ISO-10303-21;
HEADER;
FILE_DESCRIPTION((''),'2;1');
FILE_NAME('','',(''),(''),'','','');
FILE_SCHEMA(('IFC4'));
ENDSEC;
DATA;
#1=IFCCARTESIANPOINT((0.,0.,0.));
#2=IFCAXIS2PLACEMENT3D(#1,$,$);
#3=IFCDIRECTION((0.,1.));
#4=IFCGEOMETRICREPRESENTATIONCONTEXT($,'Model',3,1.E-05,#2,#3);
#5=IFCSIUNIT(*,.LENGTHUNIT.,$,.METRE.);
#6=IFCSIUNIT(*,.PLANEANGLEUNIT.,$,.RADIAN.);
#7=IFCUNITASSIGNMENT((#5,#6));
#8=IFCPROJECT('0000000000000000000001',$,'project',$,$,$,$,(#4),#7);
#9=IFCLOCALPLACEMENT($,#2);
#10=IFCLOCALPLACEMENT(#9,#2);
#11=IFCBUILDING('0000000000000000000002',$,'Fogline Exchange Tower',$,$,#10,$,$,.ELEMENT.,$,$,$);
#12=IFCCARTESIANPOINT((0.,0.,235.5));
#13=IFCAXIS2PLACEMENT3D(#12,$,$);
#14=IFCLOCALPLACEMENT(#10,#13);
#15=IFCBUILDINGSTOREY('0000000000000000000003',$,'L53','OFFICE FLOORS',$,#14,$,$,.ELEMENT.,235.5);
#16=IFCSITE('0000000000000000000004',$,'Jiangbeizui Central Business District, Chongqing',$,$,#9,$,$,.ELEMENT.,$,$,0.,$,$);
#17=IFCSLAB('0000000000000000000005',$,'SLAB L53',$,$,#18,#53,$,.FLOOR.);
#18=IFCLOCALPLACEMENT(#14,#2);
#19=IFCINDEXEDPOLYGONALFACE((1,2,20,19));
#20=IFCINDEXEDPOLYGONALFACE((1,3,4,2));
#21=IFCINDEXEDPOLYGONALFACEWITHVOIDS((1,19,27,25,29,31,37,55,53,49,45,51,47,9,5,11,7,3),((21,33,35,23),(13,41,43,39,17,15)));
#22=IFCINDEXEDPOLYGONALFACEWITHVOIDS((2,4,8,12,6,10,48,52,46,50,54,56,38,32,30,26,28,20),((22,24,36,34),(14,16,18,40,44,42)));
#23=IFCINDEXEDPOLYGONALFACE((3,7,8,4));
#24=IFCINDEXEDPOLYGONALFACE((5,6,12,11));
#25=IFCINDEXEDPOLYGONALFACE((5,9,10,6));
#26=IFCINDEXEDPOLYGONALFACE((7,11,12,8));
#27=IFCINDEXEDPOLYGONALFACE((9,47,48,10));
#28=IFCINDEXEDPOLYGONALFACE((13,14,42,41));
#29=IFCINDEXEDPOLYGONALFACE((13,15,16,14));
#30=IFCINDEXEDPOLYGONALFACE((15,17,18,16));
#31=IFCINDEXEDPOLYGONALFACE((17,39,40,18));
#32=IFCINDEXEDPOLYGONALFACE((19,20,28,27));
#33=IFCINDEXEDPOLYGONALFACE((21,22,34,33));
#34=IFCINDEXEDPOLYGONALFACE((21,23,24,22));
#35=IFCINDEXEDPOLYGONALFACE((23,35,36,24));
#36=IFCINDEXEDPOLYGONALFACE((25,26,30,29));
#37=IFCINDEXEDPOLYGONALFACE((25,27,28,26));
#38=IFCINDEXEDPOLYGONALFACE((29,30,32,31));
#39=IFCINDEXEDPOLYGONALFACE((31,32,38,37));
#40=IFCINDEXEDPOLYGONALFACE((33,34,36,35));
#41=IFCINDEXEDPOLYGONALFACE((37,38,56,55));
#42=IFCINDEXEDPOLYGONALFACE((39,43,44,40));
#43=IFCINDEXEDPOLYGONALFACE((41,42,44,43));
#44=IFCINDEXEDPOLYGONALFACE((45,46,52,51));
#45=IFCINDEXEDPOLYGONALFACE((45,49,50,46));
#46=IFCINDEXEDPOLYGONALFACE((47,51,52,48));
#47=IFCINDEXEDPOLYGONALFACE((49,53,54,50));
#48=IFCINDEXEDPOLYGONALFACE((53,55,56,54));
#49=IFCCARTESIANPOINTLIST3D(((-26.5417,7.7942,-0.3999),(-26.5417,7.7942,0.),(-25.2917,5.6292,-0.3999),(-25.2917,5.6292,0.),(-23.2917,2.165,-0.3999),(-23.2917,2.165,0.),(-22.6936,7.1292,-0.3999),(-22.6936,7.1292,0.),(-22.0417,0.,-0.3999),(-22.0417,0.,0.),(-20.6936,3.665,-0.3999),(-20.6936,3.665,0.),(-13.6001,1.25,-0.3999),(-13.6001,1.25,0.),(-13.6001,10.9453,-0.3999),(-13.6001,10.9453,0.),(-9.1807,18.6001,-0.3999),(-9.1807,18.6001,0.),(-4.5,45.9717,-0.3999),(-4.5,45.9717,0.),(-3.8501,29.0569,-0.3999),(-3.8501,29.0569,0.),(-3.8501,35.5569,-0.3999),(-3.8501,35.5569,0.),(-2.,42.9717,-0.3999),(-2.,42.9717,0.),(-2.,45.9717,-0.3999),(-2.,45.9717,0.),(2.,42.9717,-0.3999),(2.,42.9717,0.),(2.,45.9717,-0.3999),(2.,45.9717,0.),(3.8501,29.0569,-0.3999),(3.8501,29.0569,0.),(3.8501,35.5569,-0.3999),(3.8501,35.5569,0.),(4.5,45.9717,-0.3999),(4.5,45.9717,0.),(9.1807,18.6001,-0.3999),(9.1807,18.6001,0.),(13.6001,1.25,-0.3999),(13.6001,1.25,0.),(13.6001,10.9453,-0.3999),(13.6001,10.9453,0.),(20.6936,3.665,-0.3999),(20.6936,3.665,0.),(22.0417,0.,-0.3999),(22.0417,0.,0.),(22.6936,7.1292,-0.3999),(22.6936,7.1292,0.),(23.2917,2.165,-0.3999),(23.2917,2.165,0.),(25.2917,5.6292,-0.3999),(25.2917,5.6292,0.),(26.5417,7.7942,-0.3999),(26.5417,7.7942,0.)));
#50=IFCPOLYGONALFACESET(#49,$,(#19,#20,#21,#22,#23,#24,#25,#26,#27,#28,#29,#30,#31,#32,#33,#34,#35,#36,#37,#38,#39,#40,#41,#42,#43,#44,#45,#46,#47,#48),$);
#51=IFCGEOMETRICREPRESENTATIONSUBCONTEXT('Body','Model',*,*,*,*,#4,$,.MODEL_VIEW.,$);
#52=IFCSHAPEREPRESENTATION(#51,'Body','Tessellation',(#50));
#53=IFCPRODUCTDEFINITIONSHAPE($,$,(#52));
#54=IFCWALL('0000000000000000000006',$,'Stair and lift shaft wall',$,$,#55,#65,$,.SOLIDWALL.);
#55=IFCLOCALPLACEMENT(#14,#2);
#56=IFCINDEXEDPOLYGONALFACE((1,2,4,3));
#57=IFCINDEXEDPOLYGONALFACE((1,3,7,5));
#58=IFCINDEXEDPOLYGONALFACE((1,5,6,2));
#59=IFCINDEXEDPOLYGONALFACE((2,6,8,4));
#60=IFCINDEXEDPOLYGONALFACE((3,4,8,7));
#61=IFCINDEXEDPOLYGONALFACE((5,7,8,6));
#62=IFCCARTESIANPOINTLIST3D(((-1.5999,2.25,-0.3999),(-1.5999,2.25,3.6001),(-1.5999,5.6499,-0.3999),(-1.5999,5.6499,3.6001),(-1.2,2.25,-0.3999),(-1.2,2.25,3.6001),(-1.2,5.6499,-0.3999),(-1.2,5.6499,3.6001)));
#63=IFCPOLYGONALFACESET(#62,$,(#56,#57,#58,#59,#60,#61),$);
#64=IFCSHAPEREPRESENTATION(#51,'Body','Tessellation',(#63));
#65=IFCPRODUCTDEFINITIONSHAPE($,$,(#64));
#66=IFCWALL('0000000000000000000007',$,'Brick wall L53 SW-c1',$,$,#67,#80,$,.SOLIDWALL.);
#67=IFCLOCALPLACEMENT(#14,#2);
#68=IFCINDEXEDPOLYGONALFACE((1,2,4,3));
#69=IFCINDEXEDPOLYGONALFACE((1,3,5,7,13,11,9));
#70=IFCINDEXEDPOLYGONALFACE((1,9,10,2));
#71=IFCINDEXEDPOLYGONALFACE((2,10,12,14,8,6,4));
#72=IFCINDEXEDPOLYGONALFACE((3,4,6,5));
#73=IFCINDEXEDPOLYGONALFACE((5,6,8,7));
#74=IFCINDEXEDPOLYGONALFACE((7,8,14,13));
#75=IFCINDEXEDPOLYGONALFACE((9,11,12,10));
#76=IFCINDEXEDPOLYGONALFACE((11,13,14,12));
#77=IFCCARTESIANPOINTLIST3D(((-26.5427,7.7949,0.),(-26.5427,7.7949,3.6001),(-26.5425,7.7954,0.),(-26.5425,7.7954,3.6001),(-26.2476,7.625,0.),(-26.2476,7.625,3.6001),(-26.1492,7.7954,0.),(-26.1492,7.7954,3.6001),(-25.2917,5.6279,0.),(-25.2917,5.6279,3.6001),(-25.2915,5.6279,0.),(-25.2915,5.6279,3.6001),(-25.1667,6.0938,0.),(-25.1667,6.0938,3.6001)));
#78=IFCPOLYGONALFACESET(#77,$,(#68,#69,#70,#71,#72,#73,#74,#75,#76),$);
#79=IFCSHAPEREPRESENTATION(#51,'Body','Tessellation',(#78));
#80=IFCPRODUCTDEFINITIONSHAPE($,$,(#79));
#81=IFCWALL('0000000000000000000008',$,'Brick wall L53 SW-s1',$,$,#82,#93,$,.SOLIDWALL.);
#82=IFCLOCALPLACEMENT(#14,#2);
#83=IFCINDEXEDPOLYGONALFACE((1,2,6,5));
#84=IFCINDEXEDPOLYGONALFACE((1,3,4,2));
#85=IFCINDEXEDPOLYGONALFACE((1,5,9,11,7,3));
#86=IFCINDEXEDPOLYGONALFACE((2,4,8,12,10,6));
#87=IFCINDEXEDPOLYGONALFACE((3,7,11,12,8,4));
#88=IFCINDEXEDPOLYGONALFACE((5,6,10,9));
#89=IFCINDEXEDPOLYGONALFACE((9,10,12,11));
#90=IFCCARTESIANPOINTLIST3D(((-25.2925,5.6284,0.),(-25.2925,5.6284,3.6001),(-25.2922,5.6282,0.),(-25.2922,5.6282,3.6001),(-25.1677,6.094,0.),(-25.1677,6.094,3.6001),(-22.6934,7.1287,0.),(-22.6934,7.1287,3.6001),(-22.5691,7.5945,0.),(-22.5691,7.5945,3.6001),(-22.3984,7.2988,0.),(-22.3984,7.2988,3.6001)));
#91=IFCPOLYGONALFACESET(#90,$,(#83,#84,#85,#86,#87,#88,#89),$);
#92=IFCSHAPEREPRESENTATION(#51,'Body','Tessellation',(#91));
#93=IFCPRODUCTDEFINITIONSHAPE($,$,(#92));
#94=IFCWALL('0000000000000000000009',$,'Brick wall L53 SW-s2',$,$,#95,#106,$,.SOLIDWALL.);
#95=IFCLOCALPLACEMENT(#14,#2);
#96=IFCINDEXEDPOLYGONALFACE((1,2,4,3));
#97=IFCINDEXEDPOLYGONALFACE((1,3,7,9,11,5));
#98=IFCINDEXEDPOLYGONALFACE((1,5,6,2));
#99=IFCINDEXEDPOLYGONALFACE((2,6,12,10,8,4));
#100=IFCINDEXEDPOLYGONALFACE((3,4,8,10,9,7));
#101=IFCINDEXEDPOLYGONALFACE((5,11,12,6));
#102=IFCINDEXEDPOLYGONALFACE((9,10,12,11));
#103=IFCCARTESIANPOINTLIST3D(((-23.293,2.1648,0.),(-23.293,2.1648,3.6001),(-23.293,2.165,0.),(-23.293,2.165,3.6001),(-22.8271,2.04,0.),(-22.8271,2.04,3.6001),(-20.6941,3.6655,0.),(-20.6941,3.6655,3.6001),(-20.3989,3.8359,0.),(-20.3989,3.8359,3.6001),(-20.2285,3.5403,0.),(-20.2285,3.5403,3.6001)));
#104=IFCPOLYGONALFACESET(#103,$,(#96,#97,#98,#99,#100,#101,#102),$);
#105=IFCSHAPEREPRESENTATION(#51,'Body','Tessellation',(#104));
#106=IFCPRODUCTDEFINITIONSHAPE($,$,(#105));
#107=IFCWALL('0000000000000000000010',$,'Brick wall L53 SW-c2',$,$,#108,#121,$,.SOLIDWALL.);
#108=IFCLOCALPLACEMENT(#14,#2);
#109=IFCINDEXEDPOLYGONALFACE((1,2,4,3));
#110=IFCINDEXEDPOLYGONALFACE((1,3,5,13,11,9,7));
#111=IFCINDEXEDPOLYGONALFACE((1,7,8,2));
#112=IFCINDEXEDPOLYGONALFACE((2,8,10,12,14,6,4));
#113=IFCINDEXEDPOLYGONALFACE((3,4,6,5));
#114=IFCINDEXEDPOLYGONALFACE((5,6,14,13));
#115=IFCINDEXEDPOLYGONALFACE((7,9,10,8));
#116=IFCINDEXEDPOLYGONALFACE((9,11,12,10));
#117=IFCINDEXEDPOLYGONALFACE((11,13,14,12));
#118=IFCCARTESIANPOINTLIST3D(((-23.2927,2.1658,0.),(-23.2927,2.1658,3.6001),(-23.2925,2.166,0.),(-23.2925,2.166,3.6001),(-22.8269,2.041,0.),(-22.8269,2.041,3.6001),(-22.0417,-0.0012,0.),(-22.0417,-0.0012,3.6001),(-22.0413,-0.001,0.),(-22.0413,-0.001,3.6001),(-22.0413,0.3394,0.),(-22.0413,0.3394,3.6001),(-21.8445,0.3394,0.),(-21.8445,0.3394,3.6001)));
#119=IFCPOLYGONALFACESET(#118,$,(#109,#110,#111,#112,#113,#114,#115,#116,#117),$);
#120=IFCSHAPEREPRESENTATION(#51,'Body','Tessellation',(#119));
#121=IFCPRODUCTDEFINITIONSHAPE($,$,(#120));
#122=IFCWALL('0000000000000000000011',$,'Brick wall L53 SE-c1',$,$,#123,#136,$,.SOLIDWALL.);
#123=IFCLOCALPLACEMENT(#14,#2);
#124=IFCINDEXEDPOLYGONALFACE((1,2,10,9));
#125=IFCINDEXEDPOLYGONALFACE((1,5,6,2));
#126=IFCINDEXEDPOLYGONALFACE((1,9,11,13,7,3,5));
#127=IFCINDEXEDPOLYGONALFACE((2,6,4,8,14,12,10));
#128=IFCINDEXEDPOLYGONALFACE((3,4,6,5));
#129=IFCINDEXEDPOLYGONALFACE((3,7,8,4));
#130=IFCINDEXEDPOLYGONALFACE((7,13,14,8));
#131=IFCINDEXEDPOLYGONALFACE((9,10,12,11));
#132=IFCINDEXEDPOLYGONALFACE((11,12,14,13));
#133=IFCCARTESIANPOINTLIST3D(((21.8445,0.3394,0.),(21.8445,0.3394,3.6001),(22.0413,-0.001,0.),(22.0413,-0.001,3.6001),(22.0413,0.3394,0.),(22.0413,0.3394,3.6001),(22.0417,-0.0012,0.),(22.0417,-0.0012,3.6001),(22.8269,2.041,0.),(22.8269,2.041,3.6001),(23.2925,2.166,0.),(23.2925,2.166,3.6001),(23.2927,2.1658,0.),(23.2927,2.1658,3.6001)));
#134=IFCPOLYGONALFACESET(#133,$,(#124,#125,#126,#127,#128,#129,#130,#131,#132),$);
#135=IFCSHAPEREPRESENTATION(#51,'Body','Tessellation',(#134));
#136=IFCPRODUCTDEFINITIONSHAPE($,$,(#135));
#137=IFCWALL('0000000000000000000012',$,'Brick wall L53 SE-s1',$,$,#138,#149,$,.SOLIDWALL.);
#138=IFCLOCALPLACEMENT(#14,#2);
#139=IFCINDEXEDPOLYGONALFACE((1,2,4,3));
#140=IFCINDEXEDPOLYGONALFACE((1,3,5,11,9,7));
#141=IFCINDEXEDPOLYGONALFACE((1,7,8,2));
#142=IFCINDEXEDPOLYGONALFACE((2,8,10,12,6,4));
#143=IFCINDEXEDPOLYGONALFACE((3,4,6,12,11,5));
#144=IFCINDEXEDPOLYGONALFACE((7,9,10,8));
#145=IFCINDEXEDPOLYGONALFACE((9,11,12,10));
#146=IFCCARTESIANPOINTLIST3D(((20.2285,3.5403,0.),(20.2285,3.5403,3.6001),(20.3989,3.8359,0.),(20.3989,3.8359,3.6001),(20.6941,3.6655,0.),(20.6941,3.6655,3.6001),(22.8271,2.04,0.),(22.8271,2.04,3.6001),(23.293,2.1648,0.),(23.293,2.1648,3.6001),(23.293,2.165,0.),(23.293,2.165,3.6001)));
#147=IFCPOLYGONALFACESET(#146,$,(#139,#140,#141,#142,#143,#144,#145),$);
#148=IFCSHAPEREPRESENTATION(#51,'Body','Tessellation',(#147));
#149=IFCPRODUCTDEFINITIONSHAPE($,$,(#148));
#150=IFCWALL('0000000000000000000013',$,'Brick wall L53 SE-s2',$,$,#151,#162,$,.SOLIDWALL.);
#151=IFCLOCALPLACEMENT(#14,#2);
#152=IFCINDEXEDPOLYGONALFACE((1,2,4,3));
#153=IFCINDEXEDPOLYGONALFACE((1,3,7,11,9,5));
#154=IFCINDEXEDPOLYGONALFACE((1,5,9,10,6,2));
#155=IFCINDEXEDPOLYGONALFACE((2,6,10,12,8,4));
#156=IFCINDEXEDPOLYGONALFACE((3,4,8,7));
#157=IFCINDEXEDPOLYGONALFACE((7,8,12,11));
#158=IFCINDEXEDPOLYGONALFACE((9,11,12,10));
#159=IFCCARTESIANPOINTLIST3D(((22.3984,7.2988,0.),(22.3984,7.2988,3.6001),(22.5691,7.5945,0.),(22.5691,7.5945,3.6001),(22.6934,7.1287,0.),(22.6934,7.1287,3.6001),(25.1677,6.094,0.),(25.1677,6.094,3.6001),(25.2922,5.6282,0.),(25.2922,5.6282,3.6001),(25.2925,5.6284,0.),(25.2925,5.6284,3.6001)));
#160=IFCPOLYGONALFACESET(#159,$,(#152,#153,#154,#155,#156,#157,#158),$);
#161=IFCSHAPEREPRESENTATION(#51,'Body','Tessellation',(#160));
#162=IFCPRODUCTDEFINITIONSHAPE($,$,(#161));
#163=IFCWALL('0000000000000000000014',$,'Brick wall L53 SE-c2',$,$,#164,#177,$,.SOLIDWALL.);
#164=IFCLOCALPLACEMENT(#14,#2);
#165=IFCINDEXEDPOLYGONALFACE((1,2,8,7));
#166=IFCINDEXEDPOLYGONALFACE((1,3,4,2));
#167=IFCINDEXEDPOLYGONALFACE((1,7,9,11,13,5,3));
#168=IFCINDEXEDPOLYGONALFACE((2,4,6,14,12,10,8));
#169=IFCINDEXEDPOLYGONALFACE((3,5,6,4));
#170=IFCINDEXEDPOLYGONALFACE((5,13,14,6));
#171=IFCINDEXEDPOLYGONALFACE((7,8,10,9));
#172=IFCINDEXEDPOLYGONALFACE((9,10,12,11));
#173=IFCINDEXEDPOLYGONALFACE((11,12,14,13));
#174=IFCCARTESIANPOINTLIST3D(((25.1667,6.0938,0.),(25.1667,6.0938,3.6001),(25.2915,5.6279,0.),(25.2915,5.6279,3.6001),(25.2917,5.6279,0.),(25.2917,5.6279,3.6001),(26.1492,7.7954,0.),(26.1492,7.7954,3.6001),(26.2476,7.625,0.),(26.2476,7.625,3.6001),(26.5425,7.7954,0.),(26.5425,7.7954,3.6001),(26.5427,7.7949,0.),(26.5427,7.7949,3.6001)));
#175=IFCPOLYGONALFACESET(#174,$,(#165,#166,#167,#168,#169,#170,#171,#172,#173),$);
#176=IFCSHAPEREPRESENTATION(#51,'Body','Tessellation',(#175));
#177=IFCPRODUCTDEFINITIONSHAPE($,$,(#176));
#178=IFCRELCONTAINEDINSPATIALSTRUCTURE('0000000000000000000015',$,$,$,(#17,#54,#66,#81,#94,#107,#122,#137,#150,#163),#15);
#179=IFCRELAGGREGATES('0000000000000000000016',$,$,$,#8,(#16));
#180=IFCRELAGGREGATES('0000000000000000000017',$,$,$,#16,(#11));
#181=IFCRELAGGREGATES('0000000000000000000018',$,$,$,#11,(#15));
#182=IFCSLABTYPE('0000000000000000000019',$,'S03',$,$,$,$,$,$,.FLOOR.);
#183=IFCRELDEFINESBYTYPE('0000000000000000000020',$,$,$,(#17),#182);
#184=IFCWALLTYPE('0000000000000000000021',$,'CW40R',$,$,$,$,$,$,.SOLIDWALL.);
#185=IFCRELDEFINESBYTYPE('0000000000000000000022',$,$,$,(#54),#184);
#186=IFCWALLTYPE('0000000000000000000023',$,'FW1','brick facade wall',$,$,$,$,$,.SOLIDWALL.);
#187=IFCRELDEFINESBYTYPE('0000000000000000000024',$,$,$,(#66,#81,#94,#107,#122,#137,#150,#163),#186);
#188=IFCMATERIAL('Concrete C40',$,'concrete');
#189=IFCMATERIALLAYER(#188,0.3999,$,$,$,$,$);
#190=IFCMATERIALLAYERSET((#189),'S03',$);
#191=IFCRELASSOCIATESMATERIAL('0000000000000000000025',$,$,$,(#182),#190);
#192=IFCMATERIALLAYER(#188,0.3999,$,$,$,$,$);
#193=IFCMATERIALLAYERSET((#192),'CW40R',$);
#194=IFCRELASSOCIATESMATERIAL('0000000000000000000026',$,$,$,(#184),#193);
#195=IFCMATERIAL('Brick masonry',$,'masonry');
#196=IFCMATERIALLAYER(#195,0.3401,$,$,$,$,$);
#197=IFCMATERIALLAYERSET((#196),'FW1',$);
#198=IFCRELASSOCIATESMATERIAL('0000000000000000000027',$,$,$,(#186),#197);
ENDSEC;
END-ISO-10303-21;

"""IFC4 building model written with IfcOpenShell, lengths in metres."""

from ifc_helpers import new_model, si_unit, direction, frame, frame_2d, origin, place, context, subcontext, project, spatial, polyline, rectangle, outline, extrude, material, layer, layer_set, type_object, element, save


model = new_model("IFC4")

# Units and contexts
model_context = context("Model", 3, precision=1e-05, world=origin(), true_north=direction((0.0, 1.0)))
body_context = subcontext(model_context, "Body", "Model", "MODEL_VIEW")
ifc_project = project(units=[si_unit("LENGTHUNIT", "METRE"), si_unit("PLANEANGLEUNIT", "RADIAN")], contexts=[model_context])

# Site, building, storey
site_placement = place(None, origin())
site = spatial("IfcSite", under=ifc_project, at=site_placement, Name="Jiangbeizui Central Business District, Chongqing", CompositionType="ELEMENT", RefElevation=0.0)
building_placement = place(site_placement, origin())
building = spatial("IfcBuilding", under=site, at=building_placement, Name="Fogline Exchange Tower", CompositionType="ELEMENT")
storey_placement = place(building_placement, frame((0.0, 0.0, 235.5)))
storey = spatial("IfcBuildingStorey", under=building, at=storey_placement, Name="L53", Description="OFFICE FLOORS", CompositionType="ELEMENT", Elevation=235.5)

# Slab
ifc_material_1 = material(Name="Concrete C40", Category="concrete")
ifc_layer_1 = layer(ifc_material_1, 0.3999)
ifc_layer_set_1 = layer_set([ifc_layer_1], Name="S03")
slab_type = type_object("IfcSlabType", Name="S03", PredefinedType="FLOOR", material=ifc_layer_set_1)
slab_placement = place(storey_placement, frame((0.0, 0.0, -0.3999)))
element("IfcSlab", 1, at=slab_placement, inside=storey, type_object=slab_type, Name="SLAB L53", PredefinedType="FLOOR", context=body_context, shape_type="SweptSolid", body=[
    extrude(outline(polyline([(-2.0, 45.9717), (-4.5, 45.9717), (-26.5417, 7.7942), (-25.2917, 5.6292), (-22.6936, 7.1292), (-20.6936, 3.665), (-23.2917, 2.165), (-22.0417, 0.0), (22.0417, 0.0), (23.2917, 2.165), (20.6936, 3.665), (22.6936, 7.1292), (25.2917, 5.6292), (26.5417, 7.7942), (4.5, 45.9717), (2.0, 45.9717), (2.0, 42.9717), (-2.0, 42.9717), (-2.0, 45.9717)]), holes=[polyline([(13.6001, 10.9453), (13.6001, 1.25), (-13.6001, 1.25), (-13.6001, 10.9453), (-9.1807, 18.6001), (9.1807, 18.6001), (13.6001, 10.9453)]), polyline([(3.8501, 35.5569), (3.8501, 29.0569), (-3.8501, 29.0569), (-3.8501, 35.5569), (3.8501, 35.5569)])]), origin(), (0.0, 0.0, 1.0), 0.3999),
])

# Walls
ifc_layer_2 = layer(ifc_material_1, 0.3999)
ifc_layer_set_2 = layer_set([ifc_layer_2], Name="CW40R")
wall_type_1 = type_object("IfcWallType", Name="CW40R", PredefinedType="SOLIDWALL", material=ifc_layer_set_2)
wall_1_placement = place(storey_placement, frame((-1.3999, 2.25, -0.3999), z_axis=(0.0, 0.0, 1.0), x_axis=(0.0, 1.0, 0.0)))
element("IfcWall", 2, at=wall_1_placement, inside=storey, type_object=wall_type_1, Name="Stair and lift shaft wall", PredefinedType="SOLIDWALL", context=body_context, shape_type="SweptSolid", body=[
    extrude(rectangle(XDim=3.3999, YDim=0.3999, at=frame_2d((1.7, 0.0))), origin(), (0.0, 0.0, 1.0), 4.0),
])
ifc_material_2 = material(Name="Brick masonry", Category="masonry")
ifc_layer_3 = layer(ifc_material_2, 0.3401)
ifc_layer_set_3 = layer_set([ifc_layer_3], Name="FW1")
wall_type_2 = type_object("IfcWallType", Name="FW1", Description="brick facade wall", PredefinedType="SOLIDWALL", material=ifc_layer_set_3)
wall_2_placement = place(storey_placement, origin())
element("IfcWall", 3, at=wall_2_placement, inside=storey, type_object=wall_type_2, Name="Brick wall L53 SW-c1", PredefinedType="SOLIDWALL", context=body_context, shape_type="SweptSolid", body=[
    extrude(outline(polyline([(-25.2917, 5.6279), (-26.5427, 7.7949), (-26.5425, 7.7954), (-26.2476, 7.625), (-26.1492, 7.7954), (-25.1667, 6.0938), (-25.2915, 5.6279), (-25.2917, 5.6279)])), origin(), (0.0, 0.0, 1.0), 3.6001),
])
wall_3_placement = place(storey_placement, origin())
element("IfcWall", 4, at=wall_3_placement, inside=storey, type_object=wall_type_2, Name="Brick wall L53 SW-s1", PredefinedType="SOLIDWALL", context=body_context, shape_type="SweptSolid", body=[
    extrude(outline(polyline([(-22.5691, 7.5945), (-22.3984, 7.2988), (-22.6934, 7.1287), (-25.2922, 5.6282), (-25.2925, 5.6284), (-25.1677, 6.094), (-22.5691, 7.5945)])), origin(), (0.0, 0.0, 1.0), 3.6001),
])
wall_4_placement = place(storey_placement, origin())
element("IfcWall", 5, at=wall_4_placement, inside=storey, type_object=wall_type_2, Name="Brick wall L53 SW-s2", PredefinedType="SOLIDWALL", context=body_context, shape_type="SweptSolid", body=[
    extrude(outline(polyline([(-23.293, 2.165), (-20.6941, 3.6655), (-20.3989, 3.8359), (-20.2285, 3.5403), (-22.8271, 2.04), (-23.293, 2.1648), (-23.293, 2.165)])), origin(), (0.0, 0.0, 1.0), 3.6001),
])
wall_5_placement = place(storey_placement, origin())
element("IfcWall", 6, at=wall_5_placement, inside=storey, type_object=wall_type_2, Name="Brick wall L53 SW-c2", PredefinedType="SOLIDWALL", context=body_context, shape_type="SweptSolid", body=[
    extrude(outline(polyline([(-21.8445, 0.3394), (-22.0413, 0.3394), (-22.0413, -0.001), (-22.0417, -0.0012), (-23.2927, 2.1658), (-23.2925, 2.166), (-22.8269, 2.041), (-21.8445, 0.3394)])), origin(), (0.0, 0.0, 1.0), 3.6001),
])
wall_6_placement = place(storey_placement, origin())
element("IfcWall", 7, at=wall_6_placement, inside=storey, type_object=wall_type_2, Name="Brick wall L53 SE-c1", PredefinedType="SOLIDWALL", context=body_context, shape_type="SweptSolid", body=[
    extrude(outline(polyline([(23.2927, 2.1658), (22.0417, -0.0012), (22.0413, -0.001), (22.0413, 0.3394), (21.8445, 0.3394), (22.8269, 2.041), (23.2925, 2.166), (23.2927, 2.1658)])), origin(), (0.0, 0.0, 1.0), 3.6001),
])
wall_7_placement = place(storey_placement, origin())
element("IfcWall", 8, at=wall_7_placement, inside=storey, type_object=wall_type_2, Name="Brick wall L53 SE-s1", PredefinedType="SOLIDWALL", context=body_context, shape_type="SweptSolid", body=[
    extrude(outline(polyline([(20.2285, 3.5403), (20.3989, 3.8359), (20.6941, 3.6655), (23.293, 2.165), (23.293, 2.1648), (22.8271, 2.04), (20.2285, 3.5403)])), origin(), (0.0, 0.0, 1.0), 3.6001),
])
wall_8_placement = place(storey_placement, origin())
element("IfcWall", 9, at=wall_8_placement, inside=storey, type_object=wall_type_2, Name="Brick wall L53 SE-s2", PredefinedType="SOLIDWALL", context=body_context, shape_type="SweptSolid", body=[
    extrude(outline(polyline([(25.2922, 5.6282), (22.6934, 7.1287), (22.3984, 7.2988), (22.5691, 7.5945), (25.1677, 6.094), (25.2925, 5.6284), (25.2922, 5.6282)])), origin(), (0.0, 0.0, 1.0), 3.6001),
])
wall_9_placement = place(storey_placement, origin())
element("IfcWall", 10, at=wall_9_placement, inside=storey, type_object=wall_type_2, Name="Brick wall L53 SE-c2", PredefinedType="SOLIDWALL", context=body_context, shape_type="SweptSolid", body=[
    extrude(outline(polyline([(26.1492, 7.7954), (26.2476, 7.625), (26.5425, 7.7954), (26.5427, 7.7949), (25.2917, 5.6279), (25.2915, 5.6279), (25.1667, 6.0938), (26.1492, 7.7954)])), origin(), (0.0, 0.0, 1.0), 3.6001),
])

save(model, "model.ifc")
